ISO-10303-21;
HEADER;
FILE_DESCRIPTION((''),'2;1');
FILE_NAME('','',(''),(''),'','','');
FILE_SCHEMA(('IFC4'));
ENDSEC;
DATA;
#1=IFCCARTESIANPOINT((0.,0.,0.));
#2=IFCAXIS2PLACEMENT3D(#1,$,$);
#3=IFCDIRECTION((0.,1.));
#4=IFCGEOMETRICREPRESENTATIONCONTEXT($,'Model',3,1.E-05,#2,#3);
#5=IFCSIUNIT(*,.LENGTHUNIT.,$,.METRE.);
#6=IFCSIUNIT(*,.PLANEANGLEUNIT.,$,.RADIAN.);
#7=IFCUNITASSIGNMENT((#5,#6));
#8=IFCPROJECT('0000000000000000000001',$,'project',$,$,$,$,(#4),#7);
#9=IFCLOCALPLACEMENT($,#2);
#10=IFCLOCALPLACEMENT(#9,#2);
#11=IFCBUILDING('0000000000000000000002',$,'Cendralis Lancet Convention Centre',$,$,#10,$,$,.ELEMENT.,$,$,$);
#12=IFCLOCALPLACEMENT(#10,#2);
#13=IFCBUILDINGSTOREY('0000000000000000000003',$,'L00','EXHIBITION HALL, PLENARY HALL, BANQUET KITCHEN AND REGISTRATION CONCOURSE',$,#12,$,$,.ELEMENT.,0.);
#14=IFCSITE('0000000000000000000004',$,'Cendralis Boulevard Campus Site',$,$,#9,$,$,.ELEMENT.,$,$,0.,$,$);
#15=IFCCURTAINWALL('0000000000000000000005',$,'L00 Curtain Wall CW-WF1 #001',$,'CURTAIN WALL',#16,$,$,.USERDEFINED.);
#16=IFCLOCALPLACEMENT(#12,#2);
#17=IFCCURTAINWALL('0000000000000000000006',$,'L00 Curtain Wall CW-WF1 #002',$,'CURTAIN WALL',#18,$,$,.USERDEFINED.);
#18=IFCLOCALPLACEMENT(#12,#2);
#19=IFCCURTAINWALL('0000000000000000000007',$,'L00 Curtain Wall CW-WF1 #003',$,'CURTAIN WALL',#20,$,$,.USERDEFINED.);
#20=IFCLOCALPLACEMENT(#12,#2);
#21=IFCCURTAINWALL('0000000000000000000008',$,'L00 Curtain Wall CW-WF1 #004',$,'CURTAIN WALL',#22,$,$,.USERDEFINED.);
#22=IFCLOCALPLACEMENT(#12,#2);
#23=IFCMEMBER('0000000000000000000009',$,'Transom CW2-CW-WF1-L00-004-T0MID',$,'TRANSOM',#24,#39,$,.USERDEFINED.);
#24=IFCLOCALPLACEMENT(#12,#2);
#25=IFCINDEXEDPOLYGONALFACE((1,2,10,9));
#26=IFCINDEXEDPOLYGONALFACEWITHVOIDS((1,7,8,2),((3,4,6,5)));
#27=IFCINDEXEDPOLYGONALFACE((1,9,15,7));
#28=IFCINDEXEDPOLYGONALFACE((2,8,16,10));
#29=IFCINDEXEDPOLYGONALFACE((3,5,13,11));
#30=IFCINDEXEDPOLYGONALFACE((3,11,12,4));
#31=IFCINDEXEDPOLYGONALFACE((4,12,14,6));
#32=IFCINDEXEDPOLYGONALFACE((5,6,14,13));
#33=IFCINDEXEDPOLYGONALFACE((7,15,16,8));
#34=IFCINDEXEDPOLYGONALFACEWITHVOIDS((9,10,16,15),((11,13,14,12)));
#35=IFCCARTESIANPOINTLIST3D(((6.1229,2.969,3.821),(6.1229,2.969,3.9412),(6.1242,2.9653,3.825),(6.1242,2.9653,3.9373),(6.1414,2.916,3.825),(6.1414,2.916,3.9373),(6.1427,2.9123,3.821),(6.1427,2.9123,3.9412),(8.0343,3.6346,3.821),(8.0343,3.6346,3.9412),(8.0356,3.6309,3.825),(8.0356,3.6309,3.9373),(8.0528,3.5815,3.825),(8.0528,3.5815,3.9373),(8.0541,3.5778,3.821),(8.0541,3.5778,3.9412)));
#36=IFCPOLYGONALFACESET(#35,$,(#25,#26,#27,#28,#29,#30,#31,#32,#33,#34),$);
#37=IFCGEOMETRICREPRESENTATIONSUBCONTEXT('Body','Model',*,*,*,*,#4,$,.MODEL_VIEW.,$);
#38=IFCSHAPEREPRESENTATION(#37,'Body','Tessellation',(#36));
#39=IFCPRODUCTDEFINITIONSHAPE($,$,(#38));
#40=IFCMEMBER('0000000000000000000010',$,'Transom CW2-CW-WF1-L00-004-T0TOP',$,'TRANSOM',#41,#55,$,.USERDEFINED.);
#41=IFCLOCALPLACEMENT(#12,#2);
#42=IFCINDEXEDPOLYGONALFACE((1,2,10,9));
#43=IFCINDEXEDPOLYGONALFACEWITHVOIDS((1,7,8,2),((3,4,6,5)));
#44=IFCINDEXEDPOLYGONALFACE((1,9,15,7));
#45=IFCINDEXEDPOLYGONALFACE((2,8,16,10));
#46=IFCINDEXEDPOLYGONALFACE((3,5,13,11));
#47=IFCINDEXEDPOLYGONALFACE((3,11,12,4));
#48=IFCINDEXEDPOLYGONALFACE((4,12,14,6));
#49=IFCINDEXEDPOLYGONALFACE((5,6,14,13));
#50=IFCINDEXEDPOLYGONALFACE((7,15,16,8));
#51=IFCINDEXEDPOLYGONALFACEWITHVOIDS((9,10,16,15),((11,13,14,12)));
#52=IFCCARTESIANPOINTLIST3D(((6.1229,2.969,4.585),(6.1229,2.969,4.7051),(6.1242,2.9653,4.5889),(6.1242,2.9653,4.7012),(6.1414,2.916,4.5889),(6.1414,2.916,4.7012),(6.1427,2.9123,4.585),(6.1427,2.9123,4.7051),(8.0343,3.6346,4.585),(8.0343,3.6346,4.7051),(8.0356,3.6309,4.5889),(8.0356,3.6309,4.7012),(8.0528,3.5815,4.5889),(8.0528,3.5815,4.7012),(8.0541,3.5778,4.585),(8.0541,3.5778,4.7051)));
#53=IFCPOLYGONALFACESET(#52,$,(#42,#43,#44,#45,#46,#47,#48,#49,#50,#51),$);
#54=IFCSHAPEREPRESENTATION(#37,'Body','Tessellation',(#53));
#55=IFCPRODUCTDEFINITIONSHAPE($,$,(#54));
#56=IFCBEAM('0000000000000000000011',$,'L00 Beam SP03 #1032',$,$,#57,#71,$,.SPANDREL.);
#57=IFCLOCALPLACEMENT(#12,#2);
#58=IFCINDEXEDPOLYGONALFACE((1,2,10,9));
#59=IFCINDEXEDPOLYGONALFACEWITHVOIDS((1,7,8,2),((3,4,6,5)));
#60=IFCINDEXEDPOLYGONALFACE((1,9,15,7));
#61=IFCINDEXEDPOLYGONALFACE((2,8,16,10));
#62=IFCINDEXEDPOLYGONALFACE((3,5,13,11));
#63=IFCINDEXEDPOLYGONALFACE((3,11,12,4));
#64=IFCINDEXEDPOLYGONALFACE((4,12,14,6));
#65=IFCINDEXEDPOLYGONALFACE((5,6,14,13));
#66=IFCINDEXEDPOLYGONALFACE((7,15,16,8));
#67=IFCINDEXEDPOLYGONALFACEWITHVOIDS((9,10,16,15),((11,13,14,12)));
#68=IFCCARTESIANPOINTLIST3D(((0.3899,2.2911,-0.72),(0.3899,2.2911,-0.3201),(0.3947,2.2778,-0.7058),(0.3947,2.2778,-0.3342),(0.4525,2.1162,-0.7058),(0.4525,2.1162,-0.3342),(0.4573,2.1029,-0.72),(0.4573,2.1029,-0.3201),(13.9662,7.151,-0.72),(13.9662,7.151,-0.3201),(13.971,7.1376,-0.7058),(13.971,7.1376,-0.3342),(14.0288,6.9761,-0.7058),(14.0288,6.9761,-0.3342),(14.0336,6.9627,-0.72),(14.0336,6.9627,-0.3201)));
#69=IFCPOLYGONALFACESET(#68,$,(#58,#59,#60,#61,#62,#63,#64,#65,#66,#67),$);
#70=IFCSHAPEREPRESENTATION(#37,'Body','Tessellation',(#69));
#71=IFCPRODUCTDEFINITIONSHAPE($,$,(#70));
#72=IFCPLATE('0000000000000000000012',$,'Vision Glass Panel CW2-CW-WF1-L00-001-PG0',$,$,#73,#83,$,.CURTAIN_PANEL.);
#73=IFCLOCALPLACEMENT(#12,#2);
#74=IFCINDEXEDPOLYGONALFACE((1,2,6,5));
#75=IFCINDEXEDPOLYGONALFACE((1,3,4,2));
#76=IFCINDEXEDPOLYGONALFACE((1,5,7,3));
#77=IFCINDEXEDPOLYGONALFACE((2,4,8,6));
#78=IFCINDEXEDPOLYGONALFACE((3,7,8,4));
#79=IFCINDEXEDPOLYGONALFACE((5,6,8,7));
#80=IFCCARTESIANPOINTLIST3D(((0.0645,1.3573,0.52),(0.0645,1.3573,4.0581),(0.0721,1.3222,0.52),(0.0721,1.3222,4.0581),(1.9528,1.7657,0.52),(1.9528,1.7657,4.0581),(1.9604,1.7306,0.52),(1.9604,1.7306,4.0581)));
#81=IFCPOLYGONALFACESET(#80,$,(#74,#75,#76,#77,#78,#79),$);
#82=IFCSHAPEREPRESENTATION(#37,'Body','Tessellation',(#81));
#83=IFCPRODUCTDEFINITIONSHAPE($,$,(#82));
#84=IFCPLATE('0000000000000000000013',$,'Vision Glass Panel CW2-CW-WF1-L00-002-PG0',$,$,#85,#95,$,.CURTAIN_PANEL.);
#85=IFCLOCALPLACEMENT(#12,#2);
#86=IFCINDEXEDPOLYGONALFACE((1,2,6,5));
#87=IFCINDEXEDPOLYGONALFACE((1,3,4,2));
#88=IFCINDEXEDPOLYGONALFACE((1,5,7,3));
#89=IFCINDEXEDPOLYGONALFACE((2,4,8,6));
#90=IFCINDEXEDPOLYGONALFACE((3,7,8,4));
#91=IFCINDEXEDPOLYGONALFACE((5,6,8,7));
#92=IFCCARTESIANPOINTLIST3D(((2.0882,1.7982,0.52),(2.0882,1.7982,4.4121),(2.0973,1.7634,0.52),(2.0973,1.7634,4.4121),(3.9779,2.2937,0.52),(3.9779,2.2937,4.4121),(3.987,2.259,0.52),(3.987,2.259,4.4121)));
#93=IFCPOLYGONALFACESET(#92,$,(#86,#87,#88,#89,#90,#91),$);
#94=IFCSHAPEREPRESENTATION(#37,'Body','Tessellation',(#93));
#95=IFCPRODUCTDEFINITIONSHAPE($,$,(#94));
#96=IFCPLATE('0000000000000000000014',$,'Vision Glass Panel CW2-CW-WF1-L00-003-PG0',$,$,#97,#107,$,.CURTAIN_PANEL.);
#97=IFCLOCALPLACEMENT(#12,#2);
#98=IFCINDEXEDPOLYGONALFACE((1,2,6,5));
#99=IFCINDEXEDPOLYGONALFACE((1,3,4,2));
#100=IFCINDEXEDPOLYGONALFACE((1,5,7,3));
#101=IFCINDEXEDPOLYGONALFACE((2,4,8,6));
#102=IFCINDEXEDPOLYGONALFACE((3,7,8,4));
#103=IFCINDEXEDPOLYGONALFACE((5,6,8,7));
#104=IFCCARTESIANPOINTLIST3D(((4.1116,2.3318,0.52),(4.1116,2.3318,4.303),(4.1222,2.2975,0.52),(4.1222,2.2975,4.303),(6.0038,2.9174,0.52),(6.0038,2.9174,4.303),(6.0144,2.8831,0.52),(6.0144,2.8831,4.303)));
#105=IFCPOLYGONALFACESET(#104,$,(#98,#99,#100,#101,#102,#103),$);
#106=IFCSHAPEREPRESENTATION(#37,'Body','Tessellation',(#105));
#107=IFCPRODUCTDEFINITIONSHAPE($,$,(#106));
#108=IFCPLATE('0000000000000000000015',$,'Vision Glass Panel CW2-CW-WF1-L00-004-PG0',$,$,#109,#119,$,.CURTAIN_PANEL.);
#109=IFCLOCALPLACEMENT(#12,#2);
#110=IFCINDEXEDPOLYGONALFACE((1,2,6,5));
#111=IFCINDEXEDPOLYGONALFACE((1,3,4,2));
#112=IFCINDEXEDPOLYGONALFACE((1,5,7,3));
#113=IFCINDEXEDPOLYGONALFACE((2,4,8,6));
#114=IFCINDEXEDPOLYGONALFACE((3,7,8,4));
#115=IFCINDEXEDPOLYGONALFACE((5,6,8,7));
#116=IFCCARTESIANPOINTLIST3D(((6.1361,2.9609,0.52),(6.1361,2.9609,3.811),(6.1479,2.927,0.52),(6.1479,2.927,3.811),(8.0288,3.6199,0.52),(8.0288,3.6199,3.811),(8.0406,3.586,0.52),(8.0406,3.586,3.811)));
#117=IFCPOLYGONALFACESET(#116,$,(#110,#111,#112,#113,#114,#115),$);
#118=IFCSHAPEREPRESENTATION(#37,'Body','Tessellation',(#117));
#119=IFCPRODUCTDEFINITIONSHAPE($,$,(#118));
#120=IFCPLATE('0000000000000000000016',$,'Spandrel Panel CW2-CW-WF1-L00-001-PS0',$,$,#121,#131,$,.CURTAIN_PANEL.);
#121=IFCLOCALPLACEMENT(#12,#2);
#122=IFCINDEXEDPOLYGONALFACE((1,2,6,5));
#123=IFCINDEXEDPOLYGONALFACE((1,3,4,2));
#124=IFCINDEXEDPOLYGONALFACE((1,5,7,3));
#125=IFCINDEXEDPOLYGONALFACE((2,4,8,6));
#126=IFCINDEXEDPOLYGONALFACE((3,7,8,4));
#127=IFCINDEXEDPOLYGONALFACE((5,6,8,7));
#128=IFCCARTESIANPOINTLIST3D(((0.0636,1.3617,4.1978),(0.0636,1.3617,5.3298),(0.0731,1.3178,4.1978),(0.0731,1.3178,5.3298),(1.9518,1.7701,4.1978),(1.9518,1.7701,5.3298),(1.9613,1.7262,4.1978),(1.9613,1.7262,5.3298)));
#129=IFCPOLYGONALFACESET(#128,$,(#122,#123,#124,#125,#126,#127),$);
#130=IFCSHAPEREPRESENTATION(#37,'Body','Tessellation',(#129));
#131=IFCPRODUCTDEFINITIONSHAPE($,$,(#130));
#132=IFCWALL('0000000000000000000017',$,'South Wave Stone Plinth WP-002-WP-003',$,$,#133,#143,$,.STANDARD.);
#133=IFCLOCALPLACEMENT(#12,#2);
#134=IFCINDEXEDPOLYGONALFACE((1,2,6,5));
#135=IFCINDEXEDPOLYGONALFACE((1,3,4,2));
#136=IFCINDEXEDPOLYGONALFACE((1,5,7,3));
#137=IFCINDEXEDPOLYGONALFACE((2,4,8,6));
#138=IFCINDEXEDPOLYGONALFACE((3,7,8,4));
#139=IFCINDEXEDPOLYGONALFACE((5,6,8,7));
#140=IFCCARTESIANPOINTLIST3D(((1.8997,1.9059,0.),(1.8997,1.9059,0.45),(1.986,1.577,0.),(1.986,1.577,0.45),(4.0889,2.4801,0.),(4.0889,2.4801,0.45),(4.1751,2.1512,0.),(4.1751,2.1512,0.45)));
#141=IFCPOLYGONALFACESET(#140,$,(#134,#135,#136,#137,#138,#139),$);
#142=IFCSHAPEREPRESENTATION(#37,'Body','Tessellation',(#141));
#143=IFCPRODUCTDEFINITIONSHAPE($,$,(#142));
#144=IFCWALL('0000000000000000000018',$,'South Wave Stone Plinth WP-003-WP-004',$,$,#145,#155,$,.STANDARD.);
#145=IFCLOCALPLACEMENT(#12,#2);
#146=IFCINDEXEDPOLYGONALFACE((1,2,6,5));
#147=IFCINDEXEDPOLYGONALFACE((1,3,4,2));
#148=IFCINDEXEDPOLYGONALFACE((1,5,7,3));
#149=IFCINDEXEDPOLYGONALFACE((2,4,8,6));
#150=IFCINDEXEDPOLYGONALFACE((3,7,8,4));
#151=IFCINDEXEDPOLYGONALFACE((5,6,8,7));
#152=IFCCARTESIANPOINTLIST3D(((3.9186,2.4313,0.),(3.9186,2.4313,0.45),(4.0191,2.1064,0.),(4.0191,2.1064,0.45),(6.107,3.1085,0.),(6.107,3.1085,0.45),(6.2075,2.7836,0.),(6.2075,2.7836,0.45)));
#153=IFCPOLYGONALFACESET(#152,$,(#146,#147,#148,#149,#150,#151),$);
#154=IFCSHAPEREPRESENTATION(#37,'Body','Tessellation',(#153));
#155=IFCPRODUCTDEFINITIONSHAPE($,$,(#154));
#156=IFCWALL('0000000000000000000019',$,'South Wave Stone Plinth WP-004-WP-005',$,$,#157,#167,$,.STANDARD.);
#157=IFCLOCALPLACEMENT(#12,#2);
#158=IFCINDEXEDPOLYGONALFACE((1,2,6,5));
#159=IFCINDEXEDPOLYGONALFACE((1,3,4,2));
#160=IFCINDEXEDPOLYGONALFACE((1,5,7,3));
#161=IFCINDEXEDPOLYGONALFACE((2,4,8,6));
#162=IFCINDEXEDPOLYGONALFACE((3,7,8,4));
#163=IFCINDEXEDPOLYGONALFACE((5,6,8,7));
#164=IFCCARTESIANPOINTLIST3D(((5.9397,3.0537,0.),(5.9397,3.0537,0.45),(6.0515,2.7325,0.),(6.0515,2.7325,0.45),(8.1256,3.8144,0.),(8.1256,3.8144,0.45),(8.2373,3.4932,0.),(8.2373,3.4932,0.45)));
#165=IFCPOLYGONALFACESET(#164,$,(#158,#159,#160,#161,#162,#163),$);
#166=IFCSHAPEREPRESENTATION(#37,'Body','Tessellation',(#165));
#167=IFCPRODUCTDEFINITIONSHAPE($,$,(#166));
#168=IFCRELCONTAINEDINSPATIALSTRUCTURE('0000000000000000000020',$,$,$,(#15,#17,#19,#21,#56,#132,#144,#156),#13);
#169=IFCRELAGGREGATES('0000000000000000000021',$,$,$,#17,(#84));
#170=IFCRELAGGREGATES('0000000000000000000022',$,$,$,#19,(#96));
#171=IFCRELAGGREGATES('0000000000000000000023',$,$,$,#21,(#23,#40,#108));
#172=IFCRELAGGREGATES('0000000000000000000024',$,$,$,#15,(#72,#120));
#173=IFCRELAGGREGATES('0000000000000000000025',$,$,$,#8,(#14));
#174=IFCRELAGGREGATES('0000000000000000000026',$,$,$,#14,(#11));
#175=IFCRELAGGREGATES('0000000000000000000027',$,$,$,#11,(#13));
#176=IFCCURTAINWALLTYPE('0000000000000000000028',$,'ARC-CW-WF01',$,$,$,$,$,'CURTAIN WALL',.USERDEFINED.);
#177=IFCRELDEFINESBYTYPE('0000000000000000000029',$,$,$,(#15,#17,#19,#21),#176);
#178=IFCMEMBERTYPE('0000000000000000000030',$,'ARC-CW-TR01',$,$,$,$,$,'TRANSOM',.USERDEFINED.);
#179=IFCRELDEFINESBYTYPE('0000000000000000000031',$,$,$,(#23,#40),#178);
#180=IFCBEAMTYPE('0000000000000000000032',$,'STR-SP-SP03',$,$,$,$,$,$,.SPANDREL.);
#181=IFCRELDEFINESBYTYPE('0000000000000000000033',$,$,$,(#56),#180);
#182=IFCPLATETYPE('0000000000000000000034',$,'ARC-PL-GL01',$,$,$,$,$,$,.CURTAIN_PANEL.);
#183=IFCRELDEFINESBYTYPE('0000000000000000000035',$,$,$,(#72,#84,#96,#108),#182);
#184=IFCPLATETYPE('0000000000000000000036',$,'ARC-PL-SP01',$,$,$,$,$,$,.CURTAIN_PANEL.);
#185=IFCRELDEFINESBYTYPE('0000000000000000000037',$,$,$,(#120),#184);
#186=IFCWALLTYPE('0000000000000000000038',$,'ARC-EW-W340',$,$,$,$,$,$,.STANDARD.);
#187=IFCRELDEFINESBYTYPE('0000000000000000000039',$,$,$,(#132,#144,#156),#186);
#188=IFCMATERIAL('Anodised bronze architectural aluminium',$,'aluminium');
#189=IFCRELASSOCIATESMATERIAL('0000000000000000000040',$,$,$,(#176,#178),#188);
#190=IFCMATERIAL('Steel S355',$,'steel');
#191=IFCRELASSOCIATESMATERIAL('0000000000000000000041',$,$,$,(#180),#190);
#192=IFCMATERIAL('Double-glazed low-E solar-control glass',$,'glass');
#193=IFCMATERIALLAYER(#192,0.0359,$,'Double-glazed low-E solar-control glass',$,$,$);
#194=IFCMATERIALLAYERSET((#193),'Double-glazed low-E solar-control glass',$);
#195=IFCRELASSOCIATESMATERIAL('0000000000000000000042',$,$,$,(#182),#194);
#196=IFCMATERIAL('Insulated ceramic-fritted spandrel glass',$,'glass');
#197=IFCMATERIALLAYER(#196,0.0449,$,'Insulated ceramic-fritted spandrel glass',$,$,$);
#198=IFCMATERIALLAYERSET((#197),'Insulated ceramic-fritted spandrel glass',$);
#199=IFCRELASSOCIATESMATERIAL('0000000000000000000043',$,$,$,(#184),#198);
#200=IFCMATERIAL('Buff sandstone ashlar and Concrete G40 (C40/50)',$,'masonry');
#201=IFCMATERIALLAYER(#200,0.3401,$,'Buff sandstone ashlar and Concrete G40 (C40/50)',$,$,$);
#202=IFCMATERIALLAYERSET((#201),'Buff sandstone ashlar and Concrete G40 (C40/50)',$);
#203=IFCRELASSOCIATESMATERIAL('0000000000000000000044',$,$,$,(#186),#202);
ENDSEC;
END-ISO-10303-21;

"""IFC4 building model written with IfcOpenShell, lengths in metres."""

from ifc_helpers import new_model, si_unit, direction, frame, frame_2d, origin, origin_2d, place, context, subcontext, project, spatial, rectangle, hollow_rectangle, extrude, material, layer, layer_set, material_profile, profile_set, type_object, element, aggregate, save


model = new_model("IFC4")

# Units and contexts
model_context = context("Model", 3, precision=1e-05, world=origin(), true_north=direction((0.0, 1.0)))
body_context = subcontext(model_context, "Body", "Model", "MODEL_VIEW")
ifc_project = project(units=[si_unit("LENGTHUNIT", "METRE"), si_unit("PLANEANGLEUNIT", "RADIAN")], contexts=[model_context])

# Site, building, storey
site_placement = place(None, origin())
site = spatial("IfcSite", under=ifc_project, at=site_placement, Name="Cendralis Boulevard Campus Site", CompositionType="ELEMENT", RefElevation=0.0)
building_placement = place(site_placement, origin())
building = spatial("IfcBuilding", under=site, at=building_placement, Name="Cendralis Lancet Convention Centre", CompositionType="ELEMENT")
storey_placement = place(building_placement, origin())
storey = spatial("IfcBuildingStorey", under=building, at=storey_placement, Name="L00", Description="EXHIBITION HALL, PLENARY HALL, BANQUET KITCHEN AND REGISTRATION CONCOURSE", CompositionType="ELEMENT", Elevation=0.0)

# Curtain walls
ifc_material_1 = material(Name="Anodised bronze architectural aluminium", Category="aluminium")
curtain_wall_type = type_object("IfcCurtainWallType", Name="ARC-CW-WF01", ElementType="CURTAIN WALL", PredefinedType="USERDEFINED", material=ifc_material_1)
curtain_wall_1_placement = place(storey_placement, origin())
curtain_wall_1 = element("IfcCurtainWall", 1, at=curtain_wall_1_placement, inside=storey, type_object=curtain_wall_type, Name="L00 Curtain Wall CW-WF1 #001", ObjectType="CURTAIN WALL", PredefinedType="USERDEFINED")
curtain_wall_2_placement = place(storey_placement, origin())
curtain_wall_2 = element("IfcCurtainWall", 2, at=curtain_wall_2_placement, inside=storey, type_object=curtain_wall_type, Name="L00 Curtain Wall CW-WF1 #002", ObjectType="CURTAIN WALL", PredefinedType="USERDEFINED")
curtain_wall_3_placement = place(storey_placement, origin())
curtain_wall_3 = element("IfcCurtainWall", 3, at=curtain_wall_3_placement, inside=storey, type_object=curtain_wall_type, Name="L00 Curtain Wall CW-WF1 #003", ObjectType="CURTAIN WALL", PredefinedType="USERDEFINED")

# Curtain wall
curtain_wall_4_placement = place(storey_placement, origin())
curtain_wall_4 = element("IfcCurtainWall", 4, at=curtain_wall_4_placement, inside=storey, type_object=curtain_wall_type, Name="L00 Curtain Wall CW-WF1 #004", ObjectType="CURTAIN WALL", PredefinedType="USERDEFINED")

# Members
ifc_material_profile_1 = material_profile(ifc_material_1, hollow_rectangle(XDim=0.0601, YDim=0.1201, WallThickness=0.0039, at=origin_2d()), Name="AL-TRAN 60x120x4.0")
ifc_profile_set_1 = profile_set([ifc_material_profile_1], Name="Anodised bronze architectural aluminium")
member_type_1 = type_object("IfcMemberType", Name="ARC-CW-TR01", ElementType="TRANSOM", PredefinedType="USERDEFINED", material=ifc_profile_set_1)
member_1_placement = place(storey_placement, frame((6.1328, 2.9407, 3.8811), z_axis=(0.944389, 0.328829, 0.0), x_axis=(-0.328829, 0.944389, 0.0)))
member_1 = element("IfcMember", 5, at=member_1_placement, type_object=member_type_1, Name="Transom CW2-CW-WF1-L00-004-T0MID", ObjectType="TRANSOM", PredefinedType="USERDEFINED", context=body_context, shape_type="SweptSolid", body=[
    extrude(hollow_rectangle(XDim=0.0601, YDim=0.1201, WallThickness=0.0039, at=origin_2d()), origin(), (0.0, 0.0, 1.0), 2.0239),
])
member_2_placement = place(storey_placement, frame((6.1328, 2.9407, 4.645), z_axis=(0.944389, 0.328829, 0.0), x_axis=(-0.328829, 0.944389, 0.0)))
member_2 = element("IfcMember", 6, at=member_2_placement, type_object=member_type_1, Name="Transom CW2-CW-WF1-L00-004-T0TOP", ObjectType="TRANSOM", PredefinedType="USERDEFINED", context=body_context, shape_type="SweptSolid", body=[
    extrude(hollow_rectangle(XDim=0.0601, YDim=0.1201, WallThickness=0.0039, at=origin_2d()), origin(), (0.0, 0.0, 1.0), 2.0239),
])

# Beam
ifc_material_2 = material(Name="Steel S355", Category="steel")
ifc_material_profile_2 = material_profile(ifc_material_2, hollow_rectangle(XDim=0.2, YDim=0.3999, WallThickness=0.0142, at=origin_2d()), Name="RHS 400x200x14.2")
ifc_profile_set_2 = profile_set([ifc_material_profile_2], Name="Steel S355")
beam_type = type_object("IfcBeamType", Name="STR-SP-SP03", PredefinedType="SPANDREL", material=ifc_profile_set_2)
beam_placement = place(storey_placement, frame((0.4236, 2.197, -0.52), z_axis=(0.941497, 0.337022, 0.0), x_axis=(-0.337022, 0.941497, 0.0)))
element("IfcBeam", 7, at=beam_placement, inside=storey, type_object=beam_type, Name="L00 Beam SP03 #1032", PredefinedType="SPANDREL", context=body_context, shape_type="SweptSolid", body=[
    extrude(hollow_rectangle(XDim=0.2, YDim=0.3999, WallThickness=0.0142, at=origin_2d()), origin(), (0.0, 0.0, 1.0), 14.4199),
])

# Plates
ifc_material_3 = material(Name="Double-glazed low-E solar-control glass", Category="glass")
ifc_layer_1 = layer(ifc_material_3, 0.0359, Name="Double-glazed low-E solar-control glass")
ifc_layer_set_1 = layer_set([ifc_layer_1], Name="Double-glazed low-E solar-control glass")
plate_type_1 = type_object("IfcPlateType", Name="ARC-PL-GL01", PredefinedType="CURTAIN_PANEL", material=ifc_layer_set_1)
plate_1_placement = place(storey_placement, frame((1.0125, 1.5439, 0.52), z_axis=(0.0, 0.0, 1.0), x_axis=(0.977398, 0.211408, 0.0)))
plate_1 = element("IfcPlate", 8, at=plate_1_placement, type_object=plate_type_1, Name="Vision Glass Panel CW2-CW-WF1-L00-001-PG0", PredefinedType="CURTAIN_PANEL", context=body_context, shape_type="SweptSolid", body=[
    extrude(rectangle(XDim=1.9319, YDim=0.0359, at=origin_2d()), origin(), (0.0, 0.0, 1.0), 3.5381),
])
plate_2_placement = place(storey_placement, frame((3.0376, 2.0286, 0.52), z_axis=(0.0, 0.0, 1.0), x_axis=(0.967297, 0.253647, 0.0)))
plate_2 = element("IfcPlate", 9, at=plate_2_placement, type_object=plate_type_1, Name="Vision Glass Panel CW2-CW-WF1-L00-002-PG0", PredefinedType="CURTAIN_PANEL", context=body_context, shape_type="SweptSolid", body=[
    extrude(rectangle(XDim=1.9536, YDim=0.0359, at=origin_2d()), origin(), (0.0, 0.0, 1.0), 3.8921),
])
aggregate(curtain_wall_2, [plate_2])
plate_3_placement = place(storey_placement, frame((5.063, 2.6074, 0.52), z_axis=(0.0, 0.0, 1.0), x_axis=(0.955299, 0.295643, 0.0)))
plate_3 = element("IfcPlate", 10, at=plate_3_placement, type_object=plate_type_1, Name="Vision Glass Panel CW2-CW-WF1-L00-003-PG0", PredefinedType="CURTAIN_PANEL", context=body_context, shape_type="SweptSolid", body=[
    extrude(rectangle(XDim=1.9807, YDim=0.0359, at=origin_2d()), origin(), (0.0, 0.0, 1.0), 3.783),
])
aggregate(curtain_wall_3, [plate_3])
plate_4_placement = place(storey_placement, frame((7.0884, 3.2734, 0.52), z_axis=(0.0, 0.0, 1.0), x_axis=(0.944402, 0.328792, 0.0)))
plate_4 = element("IfcPlate", 11, at=plate_4_placement, type_object=plate_type_1, Name="Vision Glass Panel CW2-CW-WF1-L00-004-PG0", PredefinedType="CURTAIN_PANEL", context=body_context, shape_type="SweptSolid", body=[
    extrude(rectangle(XDim=2.0042, YDim=0.0359, at=origin_2d()), origin(), (0.0, 0.0, 1.0), 3.291),
])
aggregate(curtain_wall_4, [member_1, member_2, plate_4])
ifc_material_4 = material(Name="Insulated ceramic-fritted spandrel glass", Category="glass")
ifc_layer_2 = layer(ifc_material_4, 0.0449, Name="Insulated ceramic-fritted spandrel glass")
ifc_layer_set_2 = layer_set([ifc_layer_2], Name="Insulated ceramic-fritted spandrel glass")
plate_type_2 = type_object("IfcPlateType", Name="ARC-PL-SP01", PredefinedType="CURTAIN_PANEL", material=ifc_layer_set_2)
plate_5_placement = place(storey_placement, frame((1.0125, 1.5439, 4.1978), z_axis=(0.0, 0.0, 1.0), x_axis=(0.977398, 0.211408, 0.0)))
plate_5 = element("IfcPlate", 12, at=plate_5_placement, type_object=plate_type_2, Name="Spandrel Panel CW2-CW-WF1-L00-001-PS0", PredefinedType="CURTAIN_PANEL", context=body_context, shape_type="SweptSolid", body=[
    extrude(rectangle(XDim=1.9319, YDim=0.0449, at=origin_2d()), origin(), (0.0, 0.0, 1.0), 1.1321),
])
aggregate(curtain_wall_1, [plate_1, plate_5])

# Walls
ifc_material_5 = material(Name="Buff sandstone ashlar and Concrete G40 (C40/50)", Category="masonry")
ifc_layer_3 = layer(ifc_material_5, 0.3401, Name="Buff sandstone ashlar and Concrete G40 (C40/50)")
ifc_layer_set_3 = layer_set([ifc_layer_3], Name="Buff sandstone ashlar and Concrete G40 (C40/50)")
wall_type = type_object("IfcWallType", Name="ARC-EW-W340", PredefinedType="STANDARD", material=ifc_layer_set_3)
wall_1_placement = place(storey_placement, frame((1.9429, 1.7415, 0.0), z_axis=(0.0, 0.0, 1.0), x_axis=(0.96728, 0.253713, 0.0)))
element("IfcWall", 13, at=wall_1_placement, inside=storey, type_object=wall_type, Name="South Wave Stone Plinth WP-002-WP-003", PredefinedType="STANDARD", context=body_context, shape_type="SweptSolid", body=[
    extrude(rectangle(XDim=2.2632, YDim=0.3401, at=frame_2d((1.1316, 0.0))), origin(), (0.0, 0.0, 1.0), 0.45),
])
wall_2_placement = place(storey_placement, frame((3.9688, 2.2688, 0.0), z_axis=(0.0, 0.0, 1.0), x_axis=(0.955303, 0.295628, 0.0)))
element("IfcWall", 14, at=wall_2_placement, inside=storey, type_object=wall_type, Name="South Wave Stone Plinth WP-003-WP-004", PredefinedType="STANDARD", context=body_context, shape_type="SweptSolid", body=[
    extrude(rectangle(XDim=2.2908, YDim=0.3401, at=frame_2d((1.1455, 0.0))), origin(), (0.0, 0.0, 1.0), 0.45),
])
wall_3_placement = place(storey_placement, frame((5.9956, 2.8931, 0.0), z_axis=(0.0, 0.0, 1.0), x_axis=(0.944434, 0.328701, 0.0)))
element("IfcWall", 15, at=wall_3_placement, inside=storey, type_object=wall_type, Name="South Wave Stone Plinth WP-004-WP-005", PredefinedType="STANDARD", context=body_context, shape_type="SweptSolid", body=[
    extrude(rectangle(XDim=2.3145, YDim=0.3401, at=frame_2d((1.1572, 0.0))), origin(), (0.0, 0.0, 1.0), 0.45),
])

save(model, "model.ifc")
